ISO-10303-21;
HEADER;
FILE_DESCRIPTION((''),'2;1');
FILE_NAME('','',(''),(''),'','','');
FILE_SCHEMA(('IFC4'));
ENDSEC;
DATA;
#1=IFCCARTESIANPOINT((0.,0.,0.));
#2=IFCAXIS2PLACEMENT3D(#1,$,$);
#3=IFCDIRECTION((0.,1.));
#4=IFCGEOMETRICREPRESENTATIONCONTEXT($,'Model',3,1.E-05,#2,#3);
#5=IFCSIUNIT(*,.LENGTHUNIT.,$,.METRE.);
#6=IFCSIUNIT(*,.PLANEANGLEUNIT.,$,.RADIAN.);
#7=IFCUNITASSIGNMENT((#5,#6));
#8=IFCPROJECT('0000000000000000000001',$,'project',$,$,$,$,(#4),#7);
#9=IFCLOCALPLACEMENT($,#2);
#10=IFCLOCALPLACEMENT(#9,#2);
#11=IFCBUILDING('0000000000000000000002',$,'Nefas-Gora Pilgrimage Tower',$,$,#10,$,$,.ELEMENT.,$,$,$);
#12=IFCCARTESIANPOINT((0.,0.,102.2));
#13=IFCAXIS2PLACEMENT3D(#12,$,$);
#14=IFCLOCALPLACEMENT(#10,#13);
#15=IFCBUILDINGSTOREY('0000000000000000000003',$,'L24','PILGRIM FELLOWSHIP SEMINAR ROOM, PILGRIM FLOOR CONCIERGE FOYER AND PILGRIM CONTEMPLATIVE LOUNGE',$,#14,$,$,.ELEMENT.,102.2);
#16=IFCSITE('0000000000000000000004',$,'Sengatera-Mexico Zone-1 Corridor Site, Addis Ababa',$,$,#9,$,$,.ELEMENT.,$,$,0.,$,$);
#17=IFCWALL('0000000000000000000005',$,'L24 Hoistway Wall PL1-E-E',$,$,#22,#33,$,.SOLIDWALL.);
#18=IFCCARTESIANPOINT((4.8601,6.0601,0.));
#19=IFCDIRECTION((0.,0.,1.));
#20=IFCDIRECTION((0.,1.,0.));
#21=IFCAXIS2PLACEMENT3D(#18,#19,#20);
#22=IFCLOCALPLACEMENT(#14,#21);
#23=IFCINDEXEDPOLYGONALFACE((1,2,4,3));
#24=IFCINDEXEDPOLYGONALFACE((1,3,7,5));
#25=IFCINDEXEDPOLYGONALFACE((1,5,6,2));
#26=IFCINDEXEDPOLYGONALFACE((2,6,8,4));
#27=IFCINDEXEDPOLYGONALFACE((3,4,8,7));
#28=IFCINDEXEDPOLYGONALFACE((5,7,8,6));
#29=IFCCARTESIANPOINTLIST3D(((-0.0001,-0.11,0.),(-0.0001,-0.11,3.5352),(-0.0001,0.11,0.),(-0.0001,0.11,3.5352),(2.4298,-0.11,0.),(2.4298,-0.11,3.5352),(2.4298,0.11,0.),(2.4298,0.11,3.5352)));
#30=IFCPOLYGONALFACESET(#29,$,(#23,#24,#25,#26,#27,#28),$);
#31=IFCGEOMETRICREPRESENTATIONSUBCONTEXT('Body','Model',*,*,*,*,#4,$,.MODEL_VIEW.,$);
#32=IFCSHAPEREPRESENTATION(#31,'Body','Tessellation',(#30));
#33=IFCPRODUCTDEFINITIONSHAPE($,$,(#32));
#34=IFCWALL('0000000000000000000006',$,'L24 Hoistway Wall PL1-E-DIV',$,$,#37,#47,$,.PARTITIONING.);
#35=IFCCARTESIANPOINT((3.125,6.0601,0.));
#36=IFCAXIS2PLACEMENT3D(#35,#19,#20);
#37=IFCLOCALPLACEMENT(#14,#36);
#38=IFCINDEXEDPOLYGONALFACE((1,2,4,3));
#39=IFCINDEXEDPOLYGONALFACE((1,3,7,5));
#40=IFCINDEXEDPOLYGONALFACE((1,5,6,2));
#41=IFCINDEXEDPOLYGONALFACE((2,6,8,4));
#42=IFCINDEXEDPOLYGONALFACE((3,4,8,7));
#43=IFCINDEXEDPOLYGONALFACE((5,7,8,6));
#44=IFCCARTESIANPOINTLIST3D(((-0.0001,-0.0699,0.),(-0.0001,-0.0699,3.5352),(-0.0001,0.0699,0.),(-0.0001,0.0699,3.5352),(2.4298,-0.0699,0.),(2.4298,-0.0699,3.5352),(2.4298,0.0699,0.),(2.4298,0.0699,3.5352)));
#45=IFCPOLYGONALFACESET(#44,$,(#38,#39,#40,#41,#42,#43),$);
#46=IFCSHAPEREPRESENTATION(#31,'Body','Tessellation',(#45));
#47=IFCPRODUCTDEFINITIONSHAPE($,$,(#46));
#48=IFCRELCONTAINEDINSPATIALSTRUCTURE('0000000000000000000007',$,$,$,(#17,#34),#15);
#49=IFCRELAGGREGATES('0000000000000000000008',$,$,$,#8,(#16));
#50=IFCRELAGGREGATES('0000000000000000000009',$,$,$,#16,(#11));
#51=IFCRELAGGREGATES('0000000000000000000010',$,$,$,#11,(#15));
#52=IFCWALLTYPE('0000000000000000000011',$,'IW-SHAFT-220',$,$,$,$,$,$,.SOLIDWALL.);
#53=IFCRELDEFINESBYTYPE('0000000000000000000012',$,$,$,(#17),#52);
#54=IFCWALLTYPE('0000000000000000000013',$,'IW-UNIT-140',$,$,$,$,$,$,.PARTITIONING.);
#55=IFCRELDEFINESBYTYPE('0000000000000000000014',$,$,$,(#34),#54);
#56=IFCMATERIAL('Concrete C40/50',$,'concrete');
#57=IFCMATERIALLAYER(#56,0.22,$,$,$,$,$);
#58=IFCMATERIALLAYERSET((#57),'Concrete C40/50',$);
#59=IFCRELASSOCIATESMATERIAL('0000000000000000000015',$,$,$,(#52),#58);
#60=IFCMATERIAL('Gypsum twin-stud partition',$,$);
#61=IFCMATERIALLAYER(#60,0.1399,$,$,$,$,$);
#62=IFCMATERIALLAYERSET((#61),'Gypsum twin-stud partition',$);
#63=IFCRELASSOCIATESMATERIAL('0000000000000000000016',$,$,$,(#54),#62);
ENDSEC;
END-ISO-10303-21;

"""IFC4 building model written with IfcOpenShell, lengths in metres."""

from ifc_helpers import new_model, si_unit, direction, frame, frame_2d, origin, place, context, subcontext, project, spatial, rectangle, extrude, source, transform, mapped, material, layer, layer_set, type_object, element, save


model = new_model("IFC4")

# Units and contexts
model_context = context("Model", 3, precision=1e-05, world=origin(), true_north=direction((0.0, 1.0)))
body_context = subcontext(model_context, "Body", "Model", "MODEL_VIEW")
ifc_project = project(units=[si_unit("LENGTHUNIT", "METRE"), si_unit("PLANEANGLEUNIT", "RADIAN")], contexts=[model_context])

# Site, building, storey
site_placement = place(None, origin())
site = spatial("IfcSite", under=ifc_project, at=site_placement, Name="Sengatera-Mexico Zone-1 Corridor Site, Addis Ababa", CompositionType="ELEMENT", RefElevation=0.0)
building_placement = place(site_placement, origin())
building = spatial("IfcBuilding", under=site, at=building_placement, Name="Nefas-Gora Pilgrimage Tower", CompositionType="ELEMENT")
storey_placement = place(building_placement, frame((0.0, 0.0, 102.2)))
storey = spatial("IfcBuildingStorey", under=building, at=storey_placement, Name="L24", Description="PILGRIM FELLOWSHIP SEMINAR ROOM, PILGRIM FLOOR CONCIERGE FOYER AND PILGRIM CONTEMPLATIVE LOUNGE", CompositionType="ELEMENT", Elevation=102.2)

# Shared definitions
ifc_material_1 = material(Name="Concrete C40/50", Category="concrete")

# Shared definitions
ifc_layer_1 = layer(ifc_material_1, 0.22)
ifc_layer_set_1 = layer_set([ifc_layer_1], Name="Concrete C40/50")
wall_type_1 = type_object("IfcWallType", Name="IW-SHAFT-220", PredefinedType="SOLIDWALL", material=ifc_layer_set_1)

# Walls
shared_shape_1 = source(origin(), body_context, "Body", "SweptSolid", [
    extrude(rectangle(XDim=2.4299, YDim=0.22, at=frame_2d((1.2148, 0.0))), origin(), (0.0, 0.0, 1.0), 3.5352),
])
for number, where, z_axis, x_axis, name in (
    (1, (4.8601, 6.0601, 0.0), (0.0, 0.0, 1.0), (0.0, 1.0, 0.0), "L24 Hoistway Wall PL1-E-E"),
):
    element("IfcWall", number, at=place(storey_placement, frame(where, z_axis=z_axis, x_axis=x_axis)), inside=storey, type_object=wall_type_1, Name=name, PredefinedType="SOLIDWALL", context=body_context, shape_type="MappedRepresentation", body=[
        mapped(shared_shape_1, transform((0.0, 0.0, 0.0), x_axis=(1.0, 0.0, 0.0), y_axis=(0.0, 1.0, 0.0), z_axis=(0.0, 0.0, 1.0), scale=1.0)),
    ])
ifc_material_2 = material(Name="Gypsum twin-stud partition")
ifc_layer_2 = layer(ifc_material_2, 0.1399)
ifc_layer_set_2 = layer_set([ifc_layer_2], Name="Gypsum twin-stud partition")
wall_type_2 = type_object("IfcWallType", Name="IW-UNIT-140", PredefinedType="PARTITIONING", material=ifc_layer_set_2)
shared_shape_2 = source(origin(), body_context, "Body", "SweptSolid", [
    extrude(rectangle(XDim=2.4299, YDim=0.1399, at=frame_2d((1.2148, 0.0))), origin(), (0.0, 0.0, 1.0), 3.5352),
])
wall_1_placement = place(storey_placement, frame((3.125, 6.0601, 0.0), z_axis=(0.0, 0.0, 1.0), x_axis=(0.0, 1.0, 0.0)))
element("IfcWall", 2, at=wall_1_placement, inside=storey, type_object=wall_type_2, Name="L24 Hoistway Wall PL1-E-DIV", PredefinedType="PARTITIONING", context=body_context, shape_type="MappedRepresentation", body=[
    mapped(shared_shape_2, transform((0.0, 0.0, 0.0), x_axis=(1.0, 0.0, 0.0), y_axis=(0.0, 1.0, 0.0), z_axis=(0.0, 0.0, 1.0), scale=1.0)),
])

save(model, "model.ifc")
